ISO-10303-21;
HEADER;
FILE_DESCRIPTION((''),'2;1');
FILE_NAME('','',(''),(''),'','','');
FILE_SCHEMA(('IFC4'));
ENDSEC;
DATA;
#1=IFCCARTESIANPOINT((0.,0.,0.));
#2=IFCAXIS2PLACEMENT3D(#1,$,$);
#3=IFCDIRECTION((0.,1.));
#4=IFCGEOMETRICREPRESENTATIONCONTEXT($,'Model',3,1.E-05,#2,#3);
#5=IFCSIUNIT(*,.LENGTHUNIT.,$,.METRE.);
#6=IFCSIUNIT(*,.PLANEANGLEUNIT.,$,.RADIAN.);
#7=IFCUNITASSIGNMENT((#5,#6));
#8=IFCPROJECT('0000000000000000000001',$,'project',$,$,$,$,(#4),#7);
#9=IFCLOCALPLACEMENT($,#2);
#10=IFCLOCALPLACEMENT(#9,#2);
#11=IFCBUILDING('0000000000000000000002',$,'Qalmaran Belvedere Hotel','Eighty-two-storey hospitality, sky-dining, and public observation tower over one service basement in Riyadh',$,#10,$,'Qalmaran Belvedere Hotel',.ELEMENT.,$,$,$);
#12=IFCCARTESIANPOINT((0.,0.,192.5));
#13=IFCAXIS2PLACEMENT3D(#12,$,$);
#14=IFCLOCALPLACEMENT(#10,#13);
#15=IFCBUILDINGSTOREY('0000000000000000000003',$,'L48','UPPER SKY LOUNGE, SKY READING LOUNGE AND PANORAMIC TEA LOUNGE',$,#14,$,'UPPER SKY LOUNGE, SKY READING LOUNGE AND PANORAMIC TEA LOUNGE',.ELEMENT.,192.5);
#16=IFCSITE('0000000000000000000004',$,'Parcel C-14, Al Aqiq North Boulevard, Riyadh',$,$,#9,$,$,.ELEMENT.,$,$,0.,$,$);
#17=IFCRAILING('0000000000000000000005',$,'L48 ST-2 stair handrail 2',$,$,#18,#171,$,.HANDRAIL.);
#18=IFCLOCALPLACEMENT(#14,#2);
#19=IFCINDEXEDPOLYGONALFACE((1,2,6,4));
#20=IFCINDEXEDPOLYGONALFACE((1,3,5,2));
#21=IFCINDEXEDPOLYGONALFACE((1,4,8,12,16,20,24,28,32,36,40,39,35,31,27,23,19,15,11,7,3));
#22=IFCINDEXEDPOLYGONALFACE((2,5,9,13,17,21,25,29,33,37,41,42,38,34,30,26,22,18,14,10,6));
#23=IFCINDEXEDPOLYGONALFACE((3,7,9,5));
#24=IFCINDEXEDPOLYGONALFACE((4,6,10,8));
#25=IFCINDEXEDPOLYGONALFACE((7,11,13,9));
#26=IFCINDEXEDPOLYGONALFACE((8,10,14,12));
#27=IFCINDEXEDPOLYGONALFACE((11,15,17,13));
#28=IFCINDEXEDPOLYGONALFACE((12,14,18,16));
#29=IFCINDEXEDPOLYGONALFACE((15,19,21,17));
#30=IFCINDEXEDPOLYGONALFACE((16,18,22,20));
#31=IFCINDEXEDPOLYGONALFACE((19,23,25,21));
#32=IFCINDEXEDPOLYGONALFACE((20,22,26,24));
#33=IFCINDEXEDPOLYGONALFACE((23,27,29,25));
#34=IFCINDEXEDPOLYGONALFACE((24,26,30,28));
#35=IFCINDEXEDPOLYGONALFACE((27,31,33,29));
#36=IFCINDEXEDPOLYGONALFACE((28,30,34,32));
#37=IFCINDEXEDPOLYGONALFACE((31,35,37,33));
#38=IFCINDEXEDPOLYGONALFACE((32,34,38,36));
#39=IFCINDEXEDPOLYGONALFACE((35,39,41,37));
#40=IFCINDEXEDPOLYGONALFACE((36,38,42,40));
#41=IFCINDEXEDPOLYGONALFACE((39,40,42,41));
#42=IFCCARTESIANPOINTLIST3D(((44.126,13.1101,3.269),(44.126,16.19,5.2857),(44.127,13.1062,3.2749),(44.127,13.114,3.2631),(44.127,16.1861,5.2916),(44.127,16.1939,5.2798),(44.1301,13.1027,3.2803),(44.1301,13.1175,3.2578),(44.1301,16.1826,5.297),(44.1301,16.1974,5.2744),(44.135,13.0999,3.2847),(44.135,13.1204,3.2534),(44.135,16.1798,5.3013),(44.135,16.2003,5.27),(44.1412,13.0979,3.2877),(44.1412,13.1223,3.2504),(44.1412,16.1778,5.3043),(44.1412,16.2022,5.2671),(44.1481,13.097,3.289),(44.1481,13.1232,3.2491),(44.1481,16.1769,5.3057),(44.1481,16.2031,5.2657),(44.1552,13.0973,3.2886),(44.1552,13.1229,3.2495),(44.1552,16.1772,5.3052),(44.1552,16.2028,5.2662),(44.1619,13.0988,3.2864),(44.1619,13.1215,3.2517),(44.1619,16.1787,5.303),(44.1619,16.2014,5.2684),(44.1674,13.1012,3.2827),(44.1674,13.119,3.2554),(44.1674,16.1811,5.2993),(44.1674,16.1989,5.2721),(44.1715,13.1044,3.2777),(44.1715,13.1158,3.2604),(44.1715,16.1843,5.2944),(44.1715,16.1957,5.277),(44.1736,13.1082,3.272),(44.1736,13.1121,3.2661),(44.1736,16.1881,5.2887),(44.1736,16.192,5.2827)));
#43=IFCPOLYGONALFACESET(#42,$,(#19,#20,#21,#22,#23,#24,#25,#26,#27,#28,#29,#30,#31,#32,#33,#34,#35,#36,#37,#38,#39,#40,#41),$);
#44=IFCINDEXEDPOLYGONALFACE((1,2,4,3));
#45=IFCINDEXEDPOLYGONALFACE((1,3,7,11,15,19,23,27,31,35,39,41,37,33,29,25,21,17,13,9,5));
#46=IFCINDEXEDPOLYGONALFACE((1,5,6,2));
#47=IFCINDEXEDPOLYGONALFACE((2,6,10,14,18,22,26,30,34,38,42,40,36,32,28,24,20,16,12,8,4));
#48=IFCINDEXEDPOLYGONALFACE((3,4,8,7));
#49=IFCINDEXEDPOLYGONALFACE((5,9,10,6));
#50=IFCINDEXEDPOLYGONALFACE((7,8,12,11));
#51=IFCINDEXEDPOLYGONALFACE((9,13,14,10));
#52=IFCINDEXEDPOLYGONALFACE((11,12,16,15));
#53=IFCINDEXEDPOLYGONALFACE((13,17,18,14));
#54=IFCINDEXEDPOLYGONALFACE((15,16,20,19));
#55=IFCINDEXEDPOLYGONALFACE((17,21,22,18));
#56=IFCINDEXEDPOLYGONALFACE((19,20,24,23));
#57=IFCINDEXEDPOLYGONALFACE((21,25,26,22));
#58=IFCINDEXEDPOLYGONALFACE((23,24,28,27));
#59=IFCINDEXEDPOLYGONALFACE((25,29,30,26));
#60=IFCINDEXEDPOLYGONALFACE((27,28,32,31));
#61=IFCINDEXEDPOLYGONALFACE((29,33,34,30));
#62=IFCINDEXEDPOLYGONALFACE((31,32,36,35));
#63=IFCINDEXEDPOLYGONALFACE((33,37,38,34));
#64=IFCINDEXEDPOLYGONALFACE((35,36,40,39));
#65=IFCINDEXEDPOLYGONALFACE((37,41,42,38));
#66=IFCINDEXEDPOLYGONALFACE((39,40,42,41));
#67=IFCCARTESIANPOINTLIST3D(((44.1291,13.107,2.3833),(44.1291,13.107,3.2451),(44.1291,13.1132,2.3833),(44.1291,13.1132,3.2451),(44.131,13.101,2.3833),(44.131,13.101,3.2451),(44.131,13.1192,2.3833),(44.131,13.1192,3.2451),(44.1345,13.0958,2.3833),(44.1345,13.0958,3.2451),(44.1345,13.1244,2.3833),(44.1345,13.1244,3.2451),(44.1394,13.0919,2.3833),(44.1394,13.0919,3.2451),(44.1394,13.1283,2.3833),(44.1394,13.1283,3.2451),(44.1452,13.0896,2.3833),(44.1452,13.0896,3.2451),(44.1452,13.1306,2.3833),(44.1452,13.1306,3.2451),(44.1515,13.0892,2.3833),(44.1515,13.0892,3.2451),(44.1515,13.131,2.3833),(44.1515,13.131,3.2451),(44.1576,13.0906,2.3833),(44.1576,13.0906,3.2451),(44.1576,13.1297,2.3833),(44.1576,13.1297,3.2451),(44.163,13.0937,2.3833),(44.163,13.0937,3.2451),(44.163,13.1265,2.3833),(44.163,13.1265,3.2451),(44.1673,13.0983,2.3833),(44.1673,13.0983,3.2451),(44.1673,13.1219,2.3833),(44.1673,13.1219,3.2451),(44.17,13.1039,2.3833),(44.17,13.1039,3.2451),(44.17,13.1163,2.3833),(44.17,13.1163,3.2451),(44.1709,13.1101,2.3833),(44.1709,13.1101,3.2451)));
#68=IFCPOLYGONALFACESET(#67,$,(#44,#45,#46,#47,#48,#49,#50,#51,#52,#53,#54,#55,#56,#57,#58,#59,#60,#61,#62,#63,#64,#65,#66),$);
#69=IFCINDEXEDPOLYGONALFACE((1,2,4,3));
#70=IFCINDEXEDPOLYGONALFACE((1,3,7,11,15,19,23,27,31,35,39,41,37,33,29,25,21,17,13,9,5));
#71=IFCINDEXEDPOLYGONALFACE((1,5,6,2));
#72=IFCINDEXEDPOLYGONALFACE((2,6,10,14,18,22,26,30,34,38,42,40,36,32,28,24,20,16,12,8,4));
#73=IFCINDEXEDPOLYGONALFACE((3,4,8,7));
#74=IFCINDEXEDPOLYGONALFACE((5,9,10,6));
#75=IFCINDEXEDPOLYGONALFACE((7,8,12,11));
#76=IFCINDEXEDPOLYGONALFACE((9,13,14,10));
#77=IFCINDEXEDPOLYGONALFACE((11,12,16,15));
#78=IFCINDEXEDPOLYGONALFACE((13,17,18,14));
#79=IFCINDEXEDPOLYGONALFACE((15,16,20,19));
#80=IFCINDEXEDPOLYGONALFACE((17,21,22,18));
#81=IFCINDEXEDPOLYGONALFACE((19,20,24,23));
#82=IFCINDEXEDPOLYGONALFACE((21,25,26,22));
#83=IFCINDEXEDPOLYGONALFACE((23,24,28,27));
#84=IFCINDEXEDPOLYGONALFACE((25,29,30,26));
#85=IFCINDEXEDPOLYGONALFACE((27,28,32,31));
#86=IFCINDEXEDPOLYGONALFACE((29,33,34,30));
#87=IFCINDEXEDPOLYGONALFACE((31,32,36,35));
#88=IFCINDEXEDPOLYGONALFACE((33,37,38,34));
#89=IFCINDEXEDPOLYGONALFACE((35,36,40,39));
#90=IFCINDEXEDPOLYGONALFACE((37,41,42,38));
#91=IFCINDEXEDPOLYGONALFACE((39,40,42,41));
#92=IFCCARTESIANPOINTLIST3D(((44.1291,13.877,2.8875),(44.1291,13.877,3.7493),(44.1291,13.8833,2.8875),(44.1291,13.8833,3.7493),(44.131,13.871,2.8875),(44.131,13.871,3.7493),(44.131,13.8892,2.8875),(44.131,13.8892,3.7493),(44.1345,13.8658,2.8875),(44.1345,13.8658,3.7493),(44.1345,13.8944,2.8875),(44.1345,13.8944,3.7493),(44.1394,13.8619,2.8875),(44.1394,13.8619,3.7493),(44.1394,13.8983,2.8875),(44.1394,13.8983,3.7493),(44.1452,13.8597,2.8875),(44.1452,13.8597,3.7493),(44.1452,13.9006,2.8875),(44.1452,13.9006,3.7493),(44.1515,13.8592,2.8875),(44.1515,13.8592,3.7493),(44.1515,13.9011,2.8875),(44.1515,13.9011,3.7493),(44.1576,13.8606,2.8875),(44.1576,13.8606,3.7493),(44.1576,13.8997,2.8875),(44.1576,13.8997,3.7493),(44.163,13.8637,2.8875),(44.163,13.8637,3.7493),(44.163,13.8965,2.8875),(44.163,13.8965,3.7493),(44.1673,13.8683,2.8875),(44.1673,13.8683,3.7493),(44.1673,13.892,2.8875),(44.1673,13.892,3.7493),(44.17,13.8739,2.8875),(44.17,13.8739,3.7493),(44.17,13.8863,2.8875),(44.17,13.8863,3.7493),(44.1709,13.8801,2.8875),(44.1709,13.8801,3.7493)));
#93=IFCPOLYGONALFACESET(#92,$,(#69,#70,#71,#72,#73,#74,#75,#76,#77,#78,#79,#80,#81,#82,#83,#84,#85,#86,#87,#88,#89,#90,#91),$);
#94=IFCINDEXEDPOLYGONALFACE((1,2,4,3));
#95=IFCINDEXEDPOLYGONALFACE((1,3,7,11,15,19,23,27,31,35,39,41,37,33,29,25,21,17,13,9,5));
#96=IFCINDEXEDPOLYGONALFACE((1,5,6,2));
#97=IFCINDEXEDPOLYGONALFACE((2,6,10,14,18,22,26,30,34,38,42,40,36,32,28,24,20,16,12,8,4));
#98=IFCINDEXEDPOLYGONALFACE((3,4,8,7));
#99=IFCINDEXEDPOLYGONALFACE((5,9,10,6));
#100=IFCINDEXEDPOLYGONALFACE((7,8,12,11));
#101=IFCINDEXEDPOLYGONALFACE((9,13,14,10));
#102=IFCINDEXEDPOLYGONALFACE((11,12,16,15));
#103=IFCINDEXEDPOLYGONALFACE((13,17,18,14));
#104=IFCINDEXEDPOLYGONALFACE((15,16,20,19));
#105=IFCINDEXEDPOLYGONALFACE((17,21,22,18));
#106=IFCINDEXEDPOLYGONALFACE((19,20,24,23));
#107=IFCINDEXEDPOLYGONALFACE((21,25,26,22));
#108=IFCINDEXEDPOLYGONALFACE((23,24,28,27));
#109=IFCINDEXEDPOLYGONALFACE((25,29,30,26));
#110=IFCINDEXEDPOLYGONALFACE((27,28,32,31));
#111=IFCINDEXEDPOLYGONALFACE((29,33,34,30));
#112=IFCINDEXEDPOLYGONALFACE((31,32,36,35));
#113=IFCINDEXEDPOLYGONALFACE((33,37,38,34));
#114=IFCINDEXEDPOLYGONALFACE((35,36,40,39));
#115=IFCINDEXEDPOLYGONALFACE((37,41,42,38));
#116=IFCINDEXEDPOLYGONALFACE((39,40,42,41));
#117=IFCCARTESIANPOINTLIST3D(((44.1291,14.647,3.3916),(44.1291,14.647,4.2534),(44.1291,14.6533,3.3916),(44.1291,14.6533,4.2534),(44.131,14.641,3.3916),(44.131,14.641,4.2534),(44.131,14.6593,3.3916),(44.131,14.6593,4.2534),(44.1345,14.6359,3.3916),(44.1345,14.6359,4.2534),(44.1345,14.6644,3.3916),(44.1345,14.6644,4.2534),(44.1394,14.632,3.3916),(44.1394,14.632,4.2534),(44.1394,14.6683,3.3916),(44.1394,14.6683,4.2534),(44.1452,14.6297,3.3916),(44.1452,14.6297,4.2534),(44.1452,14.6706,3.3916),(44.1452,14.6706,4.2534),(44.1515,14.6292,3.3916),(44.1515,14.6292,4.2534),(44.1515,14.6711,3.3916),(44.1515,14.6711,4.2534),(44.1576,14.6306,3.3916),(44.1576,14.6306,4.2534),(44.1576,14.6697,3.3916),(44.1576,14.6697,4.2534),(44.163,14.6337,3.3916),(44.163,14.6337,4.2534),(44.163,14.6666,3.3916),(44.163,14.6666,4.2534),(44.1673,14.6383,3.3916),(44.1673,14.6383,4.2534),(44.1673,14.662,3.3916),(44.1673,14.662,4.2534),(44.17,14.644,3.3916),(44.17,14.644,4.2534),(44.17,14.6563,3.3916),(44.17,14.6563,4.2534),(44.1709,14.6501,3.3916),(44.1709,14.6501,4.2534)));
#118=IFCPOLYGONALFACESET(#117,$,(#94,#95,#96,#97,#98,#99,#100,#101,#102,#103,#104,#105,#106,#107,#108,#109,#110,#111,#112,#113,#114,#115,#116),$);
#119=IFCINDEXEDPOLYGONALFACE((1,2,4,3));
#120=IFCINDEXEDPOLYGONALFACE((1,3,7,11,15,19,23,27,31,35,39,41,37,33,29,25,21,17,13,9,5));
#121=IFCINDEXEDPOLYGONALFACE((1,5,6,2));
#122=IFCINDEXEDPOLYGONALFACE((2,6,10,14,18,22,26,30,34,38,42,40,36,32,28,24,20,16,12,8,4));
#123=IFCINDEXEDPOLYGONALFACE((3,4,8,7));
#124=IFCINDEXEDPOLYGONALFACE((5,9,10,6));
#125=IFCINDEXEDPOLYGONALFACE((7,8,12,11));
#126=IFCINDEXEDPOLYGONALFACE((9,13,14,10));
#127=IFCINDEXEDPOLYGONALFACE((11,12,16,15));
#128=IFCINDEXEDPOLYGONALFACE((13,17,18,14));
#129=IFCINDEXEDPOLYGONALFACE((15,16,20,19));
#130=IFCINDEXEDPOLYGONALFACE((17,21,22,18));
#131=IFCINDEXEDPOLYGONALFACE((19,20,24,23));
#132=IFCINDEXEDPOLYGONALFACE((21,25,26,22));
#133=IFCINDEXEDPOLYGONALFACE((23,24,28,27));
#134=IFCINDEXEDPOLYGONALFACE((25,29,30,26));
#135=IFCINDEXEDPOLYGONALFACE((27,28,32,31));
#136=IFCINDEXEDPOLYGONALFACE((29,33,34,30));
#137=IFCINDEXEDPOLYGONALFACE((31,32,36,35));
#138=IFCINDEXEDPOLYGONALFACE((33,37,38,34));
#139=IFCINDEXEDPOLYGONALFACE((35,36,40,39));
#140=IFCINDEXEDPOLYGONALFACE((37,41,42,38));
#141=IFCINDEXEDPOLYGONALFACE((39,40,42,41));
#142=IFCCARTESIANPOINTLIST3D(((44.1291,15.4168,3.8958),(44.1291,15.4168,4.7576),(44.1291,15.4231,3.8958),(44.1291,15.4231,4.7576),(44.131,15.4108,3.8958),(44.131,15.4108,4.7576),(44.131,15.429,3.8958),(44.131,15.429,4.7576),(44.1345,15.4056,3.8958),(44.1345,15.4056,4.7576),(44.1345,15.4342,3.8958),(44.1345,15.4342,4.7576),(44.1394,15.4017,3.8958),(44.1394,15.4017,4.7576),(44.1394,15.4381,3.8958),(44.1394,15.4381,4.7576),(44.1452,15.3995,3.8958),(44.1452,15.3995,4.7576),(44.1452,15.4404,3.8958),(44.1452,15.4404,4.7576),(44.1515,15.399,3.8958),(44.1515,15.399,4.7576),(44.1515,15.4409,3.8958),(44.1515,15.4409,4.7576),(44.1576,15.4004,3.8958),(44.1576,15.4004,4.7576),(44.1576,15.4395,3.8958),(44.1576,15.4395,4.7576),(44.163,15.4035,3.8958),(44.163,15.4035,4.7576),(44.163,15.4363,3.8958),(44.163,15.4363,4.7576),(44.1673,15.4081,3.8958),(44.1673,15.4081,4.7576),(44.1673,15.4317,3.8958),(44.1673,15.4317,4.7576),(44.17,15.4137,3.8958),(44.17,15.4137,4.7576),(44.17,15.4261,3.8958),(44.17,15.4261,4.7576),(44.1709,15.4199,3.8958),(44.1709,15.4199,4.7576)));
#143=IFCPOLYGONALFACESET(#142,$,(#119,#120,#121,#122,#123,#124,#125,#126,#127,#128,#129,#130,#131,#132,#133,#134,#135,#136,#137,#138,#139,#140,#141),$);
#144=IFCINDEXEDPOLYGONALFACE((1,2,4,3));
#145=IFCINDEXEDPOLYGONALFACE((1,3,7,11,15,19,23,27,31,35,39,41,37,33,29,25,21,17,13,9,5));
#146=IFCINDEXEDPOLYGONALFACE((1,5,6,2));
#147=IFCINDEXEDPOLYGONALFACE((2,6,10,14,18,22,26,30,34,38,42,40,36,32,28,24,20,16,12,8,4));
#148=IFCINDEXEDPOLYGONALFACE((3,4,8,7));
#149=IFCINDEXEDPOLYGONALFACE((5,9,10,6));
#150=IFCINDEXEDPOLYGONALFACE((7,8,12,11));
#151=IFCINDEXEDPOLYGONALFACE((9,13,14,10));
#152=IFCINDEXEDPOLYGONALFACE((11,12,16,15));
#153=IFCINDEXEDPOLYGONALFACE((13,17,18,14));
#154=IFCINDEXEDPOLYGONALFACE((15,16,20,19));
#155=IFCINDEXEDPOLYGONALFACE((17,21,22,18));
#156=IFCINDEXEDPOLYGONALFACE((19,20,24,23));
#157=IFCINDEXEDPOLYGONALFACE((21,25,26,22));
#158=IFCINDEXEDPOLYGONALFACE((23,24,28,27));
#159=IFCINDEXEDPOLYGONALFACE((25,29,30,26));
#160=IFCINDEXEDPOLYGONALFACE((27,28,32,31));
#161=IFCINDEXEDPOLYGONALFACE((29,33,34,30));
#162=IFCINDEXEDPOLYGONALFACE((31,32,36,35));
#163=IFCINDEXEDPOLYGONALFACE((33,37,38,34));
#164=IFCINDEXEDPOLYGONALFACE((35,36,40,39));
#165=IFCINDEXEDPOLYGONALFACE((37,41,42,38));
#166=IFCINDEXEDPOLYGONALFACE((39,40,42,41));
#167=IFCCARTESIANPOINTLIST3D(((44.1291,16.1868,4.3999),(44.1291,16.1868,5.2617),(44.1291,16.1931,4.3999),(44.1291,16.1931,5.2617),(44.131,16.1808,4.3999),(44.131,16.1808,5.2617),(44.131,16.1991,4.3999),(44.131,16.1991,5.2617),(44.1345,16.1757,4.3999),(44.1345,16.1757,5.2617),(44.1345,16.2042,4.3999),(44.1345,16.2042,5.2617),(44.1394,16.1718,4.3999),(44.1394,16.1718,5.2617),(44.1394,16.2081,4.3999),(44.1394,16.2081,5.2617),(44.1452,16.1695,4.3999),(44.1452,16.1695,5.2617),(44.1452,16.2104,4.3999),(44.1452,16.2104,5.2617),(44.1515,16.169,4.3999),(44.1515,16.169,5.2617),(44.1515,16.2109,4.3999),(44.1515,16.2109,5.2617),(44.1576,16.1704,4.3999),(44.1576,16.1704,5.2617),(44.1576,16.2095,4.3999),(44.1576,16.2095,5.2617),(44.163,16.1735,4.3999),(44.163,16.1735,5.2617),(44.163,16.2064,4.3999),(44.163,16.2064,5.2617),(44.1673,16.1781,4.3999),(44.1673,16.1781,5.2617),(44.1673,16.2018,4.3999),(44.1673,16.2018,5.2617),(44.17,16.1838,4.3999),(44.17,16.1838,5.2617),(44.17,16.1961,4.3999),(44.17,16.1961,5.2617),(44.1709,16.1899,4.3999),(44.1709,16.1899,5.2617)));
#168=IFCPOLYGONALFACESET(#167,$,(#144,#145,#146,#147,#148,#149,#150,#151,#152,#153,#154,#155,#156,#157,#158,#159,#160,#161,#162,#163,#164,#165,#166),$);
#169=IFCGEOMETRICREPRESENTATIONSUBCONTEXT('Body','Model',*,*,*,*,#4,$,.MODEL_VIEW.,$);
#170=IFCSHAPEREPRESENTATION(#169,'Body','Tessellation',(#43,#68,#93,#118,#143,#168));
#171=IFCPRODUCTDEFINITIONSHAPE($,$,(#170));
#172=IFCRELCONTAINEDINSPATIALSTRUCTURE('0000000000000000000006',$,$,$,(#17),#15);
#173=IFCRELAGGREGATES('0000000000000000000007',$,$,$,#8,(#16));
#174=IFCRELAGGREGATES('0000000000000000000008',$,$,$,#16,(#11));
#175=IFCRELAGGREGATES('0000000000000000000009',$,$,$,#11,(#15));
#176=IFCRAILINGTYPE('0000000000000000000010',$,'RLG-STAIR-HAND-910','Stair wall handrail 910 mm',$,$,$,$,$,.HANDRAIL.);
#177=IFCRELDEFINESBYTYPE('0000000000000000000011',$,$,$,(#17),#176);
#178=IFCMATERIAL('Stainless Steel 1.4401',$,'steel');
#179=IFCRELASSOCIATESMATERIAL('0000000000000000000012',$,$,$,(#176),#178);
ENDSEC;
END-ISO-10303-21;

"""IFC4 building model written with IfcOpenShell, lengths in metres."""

from ifc_helpers import new_model, si_unit, direction, frame, origin, origin_2d, place, context, subcontext, project, spatial, circle, extrude, material, type_object, element, save


model = new_model("IFC4")

# Units and contexts
model_context = context("Model", 3, precision=1e-05, world=origin(), true_north=direction((0.0, 1.0)))
body_context = subcontext(model_context, "Body", "Model", "MODEL_VIEW")
ifc_project = project(units=[si_unit("LENGTHUNIT", "METRE"), si_unit("PLANEANGLEUNIT", "RADIAN")], contexts=[model_context])

# Site, building, storey
site_placement = place(None, origin())
site = spatial("IfcSite", under=ifc_project, at=site_placement, Name="Parcel C-14, Al Aqiq North Boulevard, Riyadh", CompositionType="ELEMENT", RefElevation=0.0)
building_placement = place(site_placement, origin())
building = spatial("IfcBuilding", under=site, at=building_placement, Name="Qalmaran Belvedere Hotel", Description="Eighty-two-storey hospitality, sky-dining, and public observation tower over one service basement in Riyadh", LongName="Qalmaran Belvedere Hotel", CompositionType="ELEMENT")
storey_placement = place(building_placement, frame((0.0, 0.0, 192.5)))
storey = spatial("IfcBuildingStorey", under=building, at=storey_placement, Name="L48", Description="UPPER SKY LOUNGE, SKY READING LOUNGE AND PANORAMIC TEA LOUNGE", LongName="UPPER SKY LOUNGE, SKY READING LOUNGE AND PANORAMIC TEA LOUNGE", CompositionType="ELEMENT", Elevation=192.5)

# Railing
ifc_material_1 = material(Name="Stainless Steel 1.4401", Category="steel")
railing_type_1 = type_object("IfcRailingType", Name="RLG-STAIR-HAND-910", Description="Stair wall handrail 910 mm", PredefinedType="HANDRAIL", material=ifc_material_1)
railing_1_placement = place(storey_placement, frame((44.1499, 13.1101, 2.3833)))
element("IfcRailing", 1, at=railing_1_placement, inside=storey, type_object=railing_type_1, Name="L48 ST-2 stair handrail 2", PredefinedType="HANDRAIL", context=body_context, shape_type="SweptSolid", body=[
    extrude(circle(Radius=0.0239, at=origin_2d()), frame((0.0, 0.0, 0.8857), z_axis=(0.0, 0.836613, 0.547794), x_axis=(-1.0, 0.0, 0.0)), (0.0, 0.0, 1.0), 3.6814),
    extrude(circle(Radius=0.021, at=origin_2d()), origin(), (0.0, 0.0, 1.0), 0.8618),
    extrude(circle(Radius=0.021, at=origin_2d()), frame((0.0, 0.77, 0.5042)), (0.0, 0.0, 1.0), 0.8618),
    extrude(circle(Radius=0.021, at=origin_2d()), frame((0.0, 1.54, 1.0083)), (0.0, 0.0, 1.0), 0.8618),
    extrude(circle(Radius=0.021, at=origin_2d()), frame((0.0, 2.3098, 1.5125)), (0.0, 0.0, 1.0), 0.8618),
    extrude(circle(Radius=0.021, at=origin_2d()), frame((0.0, 3.0798, 2.0166)), (0.0, 0.0, 1.0), 0.8618),
])

save(model, "model.ifc")
